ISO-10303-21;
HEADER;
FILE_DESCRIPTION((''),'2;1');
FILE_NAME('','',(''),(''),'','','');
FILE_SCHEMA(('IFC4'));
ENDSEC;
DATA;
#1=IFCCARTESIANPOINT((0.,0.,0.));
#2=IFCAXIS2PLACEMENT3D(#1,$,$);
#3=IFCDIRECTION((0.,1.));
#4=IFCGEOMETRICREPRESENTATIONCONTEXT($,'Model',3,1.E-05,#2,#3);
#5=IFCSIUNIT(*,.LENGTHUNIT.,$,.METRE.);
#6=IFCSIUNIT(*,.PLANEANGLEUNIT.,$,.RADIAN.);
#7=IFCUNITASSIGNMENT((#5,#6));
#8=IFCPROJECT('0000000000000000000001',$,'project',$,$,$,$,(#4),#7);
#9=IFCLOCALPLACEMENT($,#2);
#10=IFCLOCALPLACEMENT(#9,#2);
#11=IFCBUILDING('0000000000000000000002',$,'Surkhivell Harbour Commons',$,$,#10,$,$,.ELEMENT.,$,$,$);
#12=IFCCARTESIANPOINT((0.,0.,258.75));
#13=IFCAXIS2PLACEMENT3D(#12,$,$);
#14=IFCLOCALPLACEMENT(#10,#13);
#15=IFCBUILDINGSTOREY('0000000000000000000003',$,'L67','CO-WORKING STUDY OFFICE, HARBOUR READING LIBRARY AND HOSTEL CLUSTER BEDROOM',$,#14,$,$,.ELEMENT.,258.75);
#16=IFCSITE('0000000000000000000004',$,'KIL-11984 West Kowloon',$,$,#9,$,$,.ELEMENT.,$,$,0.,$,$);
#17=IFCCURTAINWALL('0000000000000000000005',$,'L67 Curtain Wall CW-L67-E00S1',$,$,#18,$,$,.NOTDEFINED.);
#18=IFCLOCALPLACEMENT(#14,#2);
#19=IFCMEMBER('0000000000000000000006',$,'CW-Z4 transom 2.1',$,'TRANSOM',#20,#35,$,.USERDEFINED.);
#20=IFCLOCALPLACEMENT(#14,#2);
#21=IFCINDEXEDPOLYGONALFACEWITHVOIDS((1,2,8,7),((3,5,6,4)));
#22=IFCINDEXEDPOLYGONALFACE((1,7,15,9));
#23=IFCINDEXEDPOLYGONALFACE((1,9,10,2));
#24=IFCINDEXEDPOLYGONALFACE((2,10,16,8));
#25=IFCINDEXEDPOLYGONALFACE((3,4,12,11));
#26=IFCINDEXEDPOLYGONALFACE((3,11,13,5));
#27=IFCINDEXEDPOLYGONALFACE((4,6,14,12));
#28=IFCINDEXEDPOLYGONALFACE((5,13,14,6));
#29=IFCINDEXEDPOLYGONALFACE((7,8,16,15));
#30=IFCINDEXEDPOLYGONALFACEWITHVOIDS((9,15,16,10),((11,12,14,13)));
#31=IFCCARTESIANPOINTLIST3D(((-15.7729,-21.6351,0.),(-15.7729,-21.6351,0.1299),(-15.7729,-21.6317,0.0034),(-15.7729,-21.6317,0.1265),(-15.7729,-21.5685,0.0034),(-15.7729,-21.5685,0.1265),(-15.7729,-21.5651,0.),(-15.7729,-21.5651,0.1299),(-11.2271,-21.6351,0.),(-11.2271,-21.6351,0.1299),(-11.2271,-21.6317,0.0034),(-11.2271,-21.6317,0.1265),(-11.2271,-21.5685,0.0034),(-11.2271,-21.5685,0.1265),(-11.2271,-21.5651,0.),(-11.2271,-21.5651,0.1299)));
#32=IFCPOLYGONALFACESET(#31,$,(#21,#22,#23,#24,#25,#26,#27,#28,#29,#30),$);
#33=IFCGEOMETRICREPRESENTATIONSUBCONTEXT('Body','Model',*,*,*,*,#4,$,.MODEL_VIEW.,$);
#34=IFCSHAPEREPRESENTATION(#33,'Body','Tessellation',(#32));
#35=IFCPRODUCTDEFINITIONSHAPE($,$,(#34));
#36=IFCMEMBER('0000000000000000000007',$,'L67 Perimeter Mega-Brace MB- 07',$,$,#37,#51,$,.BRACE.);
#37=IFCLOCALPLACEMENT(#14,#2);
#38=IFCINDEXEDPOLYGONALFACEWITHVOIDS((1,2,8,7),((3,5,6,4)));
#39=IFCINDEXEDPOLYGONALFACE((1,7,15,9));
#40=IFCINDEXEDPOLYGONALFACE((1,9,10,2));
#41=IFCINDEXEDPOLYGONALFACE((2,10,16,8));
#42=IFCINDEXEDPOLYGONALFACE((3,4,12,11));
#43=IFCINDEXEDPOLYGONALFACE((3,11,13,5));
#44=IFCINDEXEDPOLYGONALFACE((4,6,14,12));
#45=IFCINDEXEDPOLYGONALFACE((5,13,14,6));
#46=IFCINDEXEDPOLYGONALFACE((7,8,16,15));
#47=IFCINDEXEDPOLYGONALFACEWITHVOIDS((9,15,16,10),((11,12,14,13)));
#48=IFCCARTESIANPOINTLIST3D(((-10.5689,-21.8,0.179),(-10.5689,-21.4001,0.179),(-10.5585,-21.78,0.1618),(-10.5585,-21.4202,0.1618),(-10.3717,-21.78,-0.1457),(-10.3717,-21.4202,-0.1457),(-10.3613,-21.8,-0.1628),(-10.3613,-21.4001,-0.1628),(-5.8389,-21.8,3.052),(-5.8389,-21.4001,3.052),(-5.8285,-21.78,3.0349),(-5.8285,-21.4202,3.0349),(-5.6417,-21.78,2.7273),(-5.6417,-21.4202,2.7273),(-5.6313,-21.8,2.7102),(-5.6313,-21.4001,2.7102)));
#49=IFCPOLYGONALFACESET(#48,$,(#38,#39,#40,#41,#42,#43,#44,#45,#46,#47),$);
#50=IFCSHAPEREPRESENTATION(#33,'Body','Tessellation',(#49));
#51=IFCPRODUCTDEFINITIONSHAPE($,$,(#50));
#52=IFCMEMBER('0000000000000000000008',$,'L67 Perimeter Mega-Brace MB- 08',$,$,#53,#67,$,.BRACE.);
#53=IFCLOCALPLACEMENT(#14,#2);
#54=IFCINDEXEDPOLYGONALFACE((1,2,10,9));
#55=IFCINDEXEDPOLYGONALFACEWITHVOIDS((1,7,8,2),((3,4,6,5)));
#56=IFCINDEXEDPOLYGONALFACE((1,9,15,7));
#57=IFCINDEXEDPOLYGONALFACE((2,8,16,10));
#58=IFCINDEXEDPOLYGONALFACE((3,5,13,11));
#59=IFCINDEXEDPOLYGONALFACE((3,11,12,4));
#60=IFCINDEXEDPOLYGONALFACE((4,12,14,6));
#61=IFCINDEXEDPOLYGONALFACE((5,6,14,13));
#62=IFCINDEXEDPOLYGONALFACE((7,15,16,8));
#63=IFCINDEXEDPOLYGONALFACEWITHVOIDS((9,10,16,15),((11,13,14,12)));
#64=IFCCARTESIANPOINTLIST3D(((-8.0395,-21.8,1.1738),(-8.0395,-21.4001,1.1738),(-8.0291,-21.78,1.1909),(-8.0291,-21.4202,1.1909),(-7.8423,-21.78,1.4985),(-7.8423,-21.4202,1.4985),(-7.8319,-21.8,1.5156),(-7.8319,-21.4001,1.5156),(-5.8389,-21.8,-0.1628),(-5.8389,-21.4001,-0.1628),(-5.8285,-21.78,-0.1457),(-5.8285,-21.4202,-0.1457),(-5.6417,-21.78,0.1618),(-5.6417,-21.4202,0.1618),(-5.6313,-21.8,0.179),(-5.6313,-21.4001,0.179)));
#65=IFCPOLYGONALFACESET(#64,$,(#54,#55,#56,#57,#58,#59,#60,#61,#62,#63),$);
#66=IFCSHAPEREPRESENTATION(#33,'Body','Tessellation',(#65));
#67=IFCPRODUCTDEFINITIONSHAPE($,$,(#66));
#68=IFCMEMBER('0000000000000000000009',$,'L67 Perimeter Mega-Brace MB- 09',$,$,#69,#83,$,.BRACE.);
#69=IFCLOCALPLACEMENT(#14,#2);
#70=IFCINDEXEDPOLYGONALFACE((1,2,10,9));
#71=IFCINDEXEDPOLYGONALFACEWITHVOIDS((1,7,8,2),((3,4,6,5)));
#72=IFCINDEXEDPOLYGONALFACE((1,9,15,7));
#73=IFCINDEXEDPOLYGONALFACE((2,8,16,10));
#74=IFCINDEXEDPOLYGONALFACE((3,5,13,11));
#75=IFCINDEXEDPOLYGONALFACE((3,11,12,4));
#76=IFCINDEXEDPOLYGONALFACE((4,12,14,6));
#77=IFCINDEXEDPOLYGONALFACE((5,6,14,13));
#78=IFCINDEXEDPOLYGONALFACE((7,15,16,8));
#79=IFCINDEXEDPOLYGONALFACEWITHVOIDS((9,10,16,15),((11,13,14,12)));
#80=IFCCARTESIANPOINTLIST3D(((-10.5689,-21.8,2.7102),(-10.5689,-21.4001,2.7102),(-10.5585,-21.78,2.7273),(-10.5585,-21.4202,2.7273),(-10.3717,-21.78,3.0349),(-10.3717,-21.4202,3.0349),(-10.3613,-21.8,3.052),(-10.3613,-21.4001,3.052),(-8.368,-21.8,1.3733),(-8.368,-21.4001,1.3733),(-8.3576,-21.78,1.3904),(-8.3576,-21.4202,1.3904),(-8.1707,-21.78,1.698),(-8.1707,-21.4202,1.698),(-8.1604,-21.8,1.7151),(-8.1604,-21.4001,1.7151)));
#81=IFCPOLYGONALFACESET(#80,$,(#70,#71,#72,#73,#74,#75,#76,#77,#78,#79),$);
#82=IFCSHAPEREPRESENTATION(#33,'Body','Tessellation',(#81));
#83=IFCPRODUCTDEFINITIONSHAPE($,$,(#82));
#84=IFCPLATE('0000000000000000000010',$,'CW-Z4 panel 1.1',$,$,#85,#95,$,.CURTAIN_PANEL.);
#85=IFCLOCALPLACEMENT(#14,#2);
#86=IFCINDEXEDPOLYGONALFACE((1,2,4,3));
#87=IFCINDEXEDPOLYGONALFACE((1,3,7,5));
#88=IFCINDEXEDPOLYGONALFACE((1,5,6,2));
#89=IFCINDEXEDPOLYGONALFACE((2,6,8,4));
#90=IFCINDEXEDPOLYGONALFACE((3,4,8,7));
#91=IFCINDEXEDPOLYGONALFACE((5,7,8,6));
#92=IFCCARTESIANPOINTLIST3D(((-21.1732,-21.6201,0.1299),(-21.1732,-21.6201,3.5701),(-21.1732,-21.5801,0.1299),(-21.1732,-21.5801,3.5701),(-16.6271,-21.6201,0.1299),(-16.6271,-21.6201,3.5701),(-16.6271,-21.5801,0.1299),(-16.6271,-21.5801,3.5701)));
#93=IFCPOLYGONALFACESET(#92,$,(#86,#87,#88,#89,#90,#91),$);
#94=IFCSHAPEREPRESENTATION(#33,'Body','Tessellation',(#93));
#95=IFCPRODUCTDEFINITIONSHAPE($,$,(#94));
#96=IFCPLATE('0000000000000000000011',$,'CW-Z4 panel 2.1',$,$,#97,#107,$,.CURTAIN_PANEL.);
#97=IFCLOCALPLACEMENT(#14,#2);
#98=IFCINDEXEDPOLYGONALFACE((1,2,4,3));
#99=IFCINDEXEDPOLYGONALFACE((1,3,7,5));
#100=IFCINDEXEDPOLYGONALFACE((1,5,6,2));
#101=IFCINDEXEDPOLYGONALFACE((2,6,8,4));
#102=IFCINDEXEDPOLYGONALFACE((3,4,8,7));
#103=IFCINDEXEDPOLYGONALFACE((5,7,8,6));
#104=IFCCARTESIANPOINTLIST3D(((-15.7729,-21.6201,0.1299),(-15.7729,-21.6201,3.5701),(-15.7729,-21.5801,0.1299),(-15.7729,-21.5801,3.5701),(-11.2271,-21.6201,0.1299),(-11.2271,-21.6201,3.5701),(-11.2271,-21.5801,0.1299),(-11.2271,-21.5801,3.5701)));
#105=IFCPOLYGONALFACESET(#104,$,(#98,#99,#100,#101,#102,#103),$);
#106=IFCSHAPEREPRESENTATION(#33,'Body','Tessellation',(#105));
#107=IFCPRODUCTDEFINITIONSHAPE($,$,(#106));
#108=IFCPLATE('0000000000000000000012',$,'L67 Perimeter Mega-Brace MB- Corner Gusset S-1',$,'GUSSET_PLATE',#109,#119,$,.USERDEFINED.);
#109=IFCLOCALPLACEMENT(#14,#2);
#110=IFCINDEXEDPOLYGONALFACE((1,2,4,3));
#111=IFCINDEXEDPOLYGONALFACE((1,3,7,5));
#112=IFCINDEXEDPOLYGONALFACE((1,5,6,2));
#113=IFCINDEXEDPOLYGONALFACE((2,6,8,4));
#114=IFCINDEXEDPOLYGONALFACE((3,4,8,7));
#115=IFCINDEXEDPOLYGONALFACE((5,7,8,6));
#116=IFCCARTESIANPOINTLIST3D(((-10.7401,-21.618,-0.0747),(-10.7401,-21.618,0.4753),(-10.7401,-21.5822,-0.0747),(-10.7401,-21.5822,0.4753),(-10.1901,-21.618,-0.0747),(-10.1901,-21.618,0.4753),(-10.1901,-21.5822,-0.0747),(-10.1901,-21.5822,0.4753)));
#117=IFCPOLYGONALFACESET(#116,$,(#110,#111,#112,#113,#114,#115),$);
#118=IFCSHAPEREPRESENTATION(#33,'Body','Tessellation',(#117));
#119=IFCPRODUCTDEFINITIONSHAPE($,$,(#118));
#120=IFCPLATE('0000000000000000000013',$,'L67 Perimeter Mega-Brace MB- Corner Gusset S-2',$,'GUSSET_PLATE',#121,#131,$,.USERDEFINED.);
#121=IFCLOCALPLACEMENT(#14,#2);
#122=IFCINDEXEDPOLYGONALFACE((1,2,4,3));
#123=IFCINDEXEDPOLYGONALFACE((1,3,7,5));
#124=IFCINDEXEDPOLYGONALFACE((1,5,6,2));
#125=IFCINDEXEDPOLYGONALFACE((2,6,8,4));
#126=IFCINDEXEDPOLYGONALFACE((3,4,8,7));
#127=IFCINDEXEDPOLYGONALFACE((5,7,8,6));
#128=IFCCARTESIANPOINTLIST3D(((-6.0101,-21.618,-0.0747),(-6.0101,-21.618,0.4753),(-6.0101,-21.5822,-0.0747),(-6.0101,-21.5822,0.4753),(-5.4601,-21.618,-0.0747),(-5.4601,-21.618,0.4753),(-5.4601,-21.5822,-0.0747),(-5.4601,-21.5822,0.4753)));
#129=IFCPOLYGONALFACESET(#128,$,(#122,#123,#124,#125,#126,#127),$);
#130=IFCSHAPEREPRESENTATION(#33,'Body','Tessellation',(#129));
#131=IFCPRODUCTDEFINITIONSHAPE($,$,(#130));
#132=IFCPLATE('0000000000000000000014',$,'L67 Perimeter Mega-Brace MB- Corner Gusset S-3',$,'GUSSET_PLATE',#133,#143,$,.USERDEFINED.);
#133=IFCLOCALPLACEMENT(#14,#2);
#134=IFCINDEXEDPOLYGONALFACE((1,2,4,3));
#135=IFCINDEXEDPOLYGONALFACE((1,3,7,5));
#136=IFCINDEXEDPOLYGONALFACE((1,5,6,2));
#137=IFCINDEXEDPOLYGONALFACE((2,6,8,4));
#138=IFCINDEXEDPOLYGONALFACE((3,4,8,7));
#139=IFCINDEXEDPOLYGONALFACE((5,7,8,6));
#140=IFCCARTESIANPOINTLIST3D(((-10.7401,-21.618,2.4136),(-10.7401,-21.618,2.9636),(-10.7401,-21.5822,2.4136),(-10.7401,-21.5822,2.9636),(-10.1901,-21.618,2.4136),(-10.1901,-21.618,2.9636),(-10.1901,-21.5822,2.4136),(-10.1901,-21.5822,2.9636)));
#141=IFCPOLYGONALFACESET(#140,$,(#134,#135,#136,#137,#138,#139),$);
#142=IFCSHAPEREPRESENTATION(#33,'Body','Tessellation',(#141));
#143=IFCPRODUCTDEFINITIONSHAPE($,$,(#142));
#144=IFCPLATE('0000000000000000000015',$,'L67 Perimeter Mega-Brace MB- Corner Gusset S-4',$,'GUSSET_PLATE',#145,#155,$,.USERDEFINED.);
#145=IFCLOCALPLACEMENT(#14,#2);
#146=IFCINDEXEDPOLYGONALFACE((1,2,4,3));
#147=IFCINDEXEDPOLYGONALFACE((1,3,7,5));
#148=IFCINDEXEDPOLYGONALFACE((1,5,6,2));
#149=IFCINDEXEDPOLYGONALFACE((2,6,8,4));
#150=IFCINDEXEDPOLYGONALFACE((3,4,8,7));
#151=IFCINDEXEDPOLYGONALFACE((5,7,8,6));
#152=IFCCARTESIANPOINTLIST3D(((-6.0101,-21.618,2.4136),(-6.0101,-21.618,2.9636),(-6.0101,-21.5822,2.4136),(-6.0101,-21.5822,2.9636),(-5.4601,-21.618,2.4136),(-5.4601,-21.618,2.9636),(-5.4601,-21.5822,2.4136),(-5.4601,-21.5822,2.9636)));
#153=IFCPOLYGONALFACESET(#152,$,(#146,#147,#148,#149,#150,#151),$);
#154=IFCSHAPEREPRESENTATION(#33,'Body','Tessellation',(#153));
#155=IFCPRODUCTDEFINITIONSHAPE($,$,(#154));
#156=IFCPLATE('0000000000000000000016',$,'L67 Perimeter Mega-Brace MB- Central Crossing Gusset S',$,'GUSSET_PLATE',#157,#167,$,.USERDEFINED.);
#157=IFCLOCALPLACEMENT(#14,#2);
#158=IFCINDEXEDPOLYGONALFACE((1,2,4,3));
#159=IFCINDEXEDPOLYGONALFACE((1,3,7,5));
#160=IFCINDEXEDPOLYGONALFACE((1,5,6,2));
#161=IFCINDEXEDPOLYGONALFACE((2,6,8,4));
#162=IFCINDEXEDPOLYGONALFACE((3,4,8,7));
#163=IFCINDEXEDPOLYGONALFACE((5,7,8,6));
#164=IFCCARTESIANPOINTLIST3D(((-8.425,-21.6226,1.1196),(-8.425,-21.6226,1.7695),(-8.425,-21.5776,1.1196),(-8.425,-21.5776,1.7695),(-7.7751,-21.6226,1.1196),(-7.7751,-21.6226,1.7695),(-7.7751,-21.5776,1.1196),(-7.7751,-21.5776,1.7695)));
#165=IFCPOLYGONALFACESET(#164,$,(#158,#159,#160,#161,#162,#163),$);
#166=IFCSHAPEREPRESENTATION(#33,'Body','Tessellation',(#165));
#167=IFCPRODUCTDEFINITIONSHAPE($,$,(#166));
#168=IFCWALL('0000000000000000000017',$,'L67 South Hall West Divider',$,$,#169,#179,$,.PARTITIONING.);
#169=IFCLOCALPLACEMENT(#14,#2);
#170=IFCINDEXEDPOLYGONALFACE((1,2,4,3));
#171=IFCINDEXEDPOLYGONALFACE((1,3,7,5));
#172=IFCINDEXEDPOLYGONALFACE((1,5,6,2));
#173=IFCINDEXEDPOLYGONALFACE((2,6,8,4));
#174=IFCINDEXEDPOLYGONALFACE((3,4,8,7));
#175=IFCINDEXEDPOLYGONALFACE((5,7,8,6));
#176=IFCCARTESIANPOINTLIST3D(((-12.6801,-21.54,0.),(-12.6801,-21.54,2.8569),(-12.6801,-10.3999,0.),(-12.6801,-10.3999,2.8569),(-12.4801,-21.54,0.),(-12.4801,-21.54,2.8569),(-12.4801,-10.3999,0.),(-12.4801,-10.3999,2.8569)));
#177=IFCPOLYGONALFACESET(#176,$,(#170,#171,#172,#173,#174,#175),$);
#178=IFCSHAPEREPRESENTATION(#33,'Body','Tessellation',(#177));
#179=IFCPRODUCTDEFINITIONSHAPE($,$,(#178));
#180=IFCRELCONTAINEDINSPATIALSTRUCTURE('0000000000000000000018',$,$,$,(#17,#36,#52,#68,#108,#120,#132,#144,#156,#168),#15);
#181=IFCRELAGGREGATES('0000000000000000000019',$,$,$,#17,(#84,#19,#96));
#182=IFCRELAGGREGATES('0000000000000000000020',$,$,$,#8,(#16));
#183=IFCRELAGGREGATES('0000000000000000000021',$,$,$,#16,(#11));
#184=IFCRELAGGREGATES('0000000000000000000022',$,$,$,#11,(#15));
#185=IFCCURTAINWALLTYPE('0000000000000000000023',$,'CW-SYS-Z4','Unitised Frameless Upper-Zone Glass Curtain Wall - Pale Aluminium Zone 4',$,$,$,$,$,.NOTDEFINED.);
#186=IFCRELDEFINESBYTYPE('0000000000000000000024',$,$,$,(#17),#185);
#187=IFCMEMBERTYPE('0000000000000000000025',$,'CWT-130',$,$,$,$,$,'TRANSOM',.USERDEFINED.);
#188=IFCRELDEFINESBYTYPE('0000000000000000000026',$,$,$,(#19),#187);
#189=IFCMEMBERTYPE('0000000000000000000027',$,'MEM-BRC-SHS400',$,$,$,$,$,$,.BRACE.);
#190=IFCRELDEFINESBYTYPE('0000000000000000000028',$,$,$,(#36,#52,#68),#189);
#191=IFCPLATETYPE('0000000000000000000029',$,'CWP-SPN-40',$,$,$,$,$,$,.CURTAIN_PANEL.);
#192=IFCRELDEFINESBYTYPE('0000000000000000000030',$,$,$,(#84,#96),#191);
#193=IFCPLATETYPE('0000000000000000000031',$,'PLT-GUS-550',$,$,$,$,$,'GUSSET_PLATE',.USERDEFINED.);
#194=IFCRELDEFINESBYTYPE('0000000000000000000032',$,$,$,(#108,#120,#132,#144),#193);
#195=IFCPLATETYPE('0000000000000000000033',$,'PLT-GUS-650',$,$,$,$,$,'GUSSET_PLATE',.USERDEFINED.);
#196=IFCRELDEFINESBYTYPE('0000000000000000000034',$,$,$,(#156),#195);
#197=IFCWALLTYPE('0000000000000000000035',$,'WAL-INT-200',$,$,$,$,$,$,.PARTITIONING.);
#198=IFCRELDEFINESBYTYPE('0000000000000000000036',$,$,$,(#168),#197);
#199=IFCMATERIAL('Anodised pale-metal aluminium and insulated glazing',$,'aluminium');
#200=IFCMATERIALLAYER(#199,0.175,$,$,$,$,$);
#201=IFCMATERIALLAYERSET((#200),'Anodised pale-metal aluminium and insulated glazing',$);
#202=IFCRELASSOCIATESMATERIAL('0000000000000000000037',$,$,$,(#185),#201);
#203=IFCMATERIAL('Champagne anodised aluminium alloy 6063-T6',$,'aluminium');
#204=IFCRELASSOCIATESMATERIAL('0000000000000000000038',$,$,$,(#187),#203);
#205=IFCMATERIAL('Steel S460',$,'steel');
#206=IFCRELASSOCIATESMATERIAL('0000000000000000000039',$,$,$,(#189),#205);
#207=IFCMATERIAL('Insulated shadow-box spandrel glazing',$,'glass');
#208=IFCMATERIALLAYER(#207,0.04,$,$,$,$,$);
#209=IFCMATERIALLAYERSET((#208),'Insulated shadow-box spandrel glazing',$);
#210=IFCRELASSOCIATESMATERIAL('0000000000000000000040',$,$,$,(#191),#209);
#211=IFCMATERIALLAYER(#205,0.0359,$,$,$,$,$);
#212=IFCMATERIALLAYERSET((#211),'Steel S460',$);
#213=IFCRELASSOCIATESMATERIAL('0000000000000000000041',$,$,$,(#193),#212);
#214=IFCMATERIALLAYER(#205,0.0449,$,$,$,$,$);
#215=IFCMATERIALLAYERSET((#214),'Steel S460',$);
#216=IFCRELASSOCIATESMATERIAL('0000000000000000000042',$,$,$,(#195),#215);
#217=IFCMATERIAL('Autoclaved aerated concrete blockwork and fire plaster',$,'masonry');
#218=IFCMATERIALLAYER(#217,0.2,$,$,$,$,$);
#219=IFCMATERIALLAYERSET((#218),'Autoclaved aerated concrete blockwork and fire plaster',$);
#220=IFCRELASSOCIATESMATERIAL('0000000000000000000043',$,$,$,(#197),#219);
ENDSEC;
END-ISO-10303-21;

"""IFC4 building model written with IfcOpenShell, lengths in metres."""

from ifc_helpers import new_model, si_unit, direction, frame, frame_2d, origin, origin_2d, place, context, subcontext, project, spatial, rectangle, hollow_rectangle, extrude, material, layer, layer_set, material_profile, profile_set, type_object, element, aggregate, save


model = new_model("IFC4")

# Units and contexts
model_context = context("Model", 3, precision=1e-05, world=origin(), true_north=direction((0.0, 1.0)))
body_context = subcontext(model_context, "Body", "Model", "MODEL_VIEW")
ifc_project = project(units=[si_unit("LENGTHUNIT", "METRE"), si_unit("PLANEANGLEUNIT", "RADIAN")], contexts=[model_context])

# Site, building, storey
site_placement = place(None, origin())
site = spatial("IfcSite", under=ifc_project, at=site_placement, Name="KIL-11984 West Kowloon", CompositionType="ELEMENT", RefElevation=0.0)
building_placement = place(site_placement, origin())
building = spatial("IfcBuilding", under=site, at=building_placement, Name="Surkhivell Harbour Commons", CompositionType="ELEMENT")
storey_placement = place(building_placement, frame((0.0, 0.0, 258.75)))
storey = spatial("IfcBuildingStorey", under=building, at=storey_placement, Name="L67", Description="CO-WORKING STUDY OFFICE, HARBOUR READING LIBRARY AND HOSTEL CLUSTER BEDROOM", CompositionType="ELEMENT", Elevation=258.75)

# Curtain wall, member
ifc_material_1 = material(Name="Anodised pale-metal aluminium and insulated glazing", Category="aluminium")
ifc_layer_1 = layer(ifc_material_1, 0.175)
ifc_layer_set_1 = layer_set([ifc_layer_1], Name="Anodised pale-metal aluminium and insulated glazing")
curtain_wall_type = type_object("IfcCurtainWallType", Name="CW-SYS-Z4", Description="Unitised Frameless Upper-Zone Glass Curtain Wall - Pale Aluminium Zone 4", PredefinedType="NOTDEFINED", material=ifc_layer_set_1)
curtain_wall_placement = place(storey_placement, origin())
curtain_wall = element("IfcCurtainWall", 1, at=curtain_wall_placement, inside=storey, type_object=curtain_wall_type, Name="L67 Curtain Wall CW-L67-E00S1", PredefinedType="NOTDEFINED")
ifc_material_2 = material(Name="Champagne anodised aluminium alloy 6063-T6", Category="aluminium")
ifc_material_profile_1 = material_profile(ifc_material_2, hollow_rectangle(XDim=0.0701, YDim=0.1299, WallThickness=0.0034, at=origin_2d()), Name="ALU-TRAN-70x130")
ifc_profile_set_1 = profile_set([ifc_material_profile_1], Name="Champagne anodised aluminium alloy 6063-T6")
member_type_1 = type_object("IfcMemberType", Name="CWT-130", ElementType="TRANSOM", PredefinedType="USERDEFINED", material=ifc_profile_set_1)
member_1_placement = place(storey_placement, frame((-15.7729, -21.6001, 0.0649), z_axis=(1.0, 0.0, 0.0), x_axis=(0.0, 1.0, 0.0)))
member_1 = element("IfcMember", 2, at=member_1_placement, type_object=member_type_1, Name="CW-Z4 transom 2.1", ObjectType="TRANSOM", PredefinedType="USERDEFINED", context=body_context, shape_type="SweptSolid", body=[
    extrude(hollow_rectangle(XDim=0.0701, YDim=0.1299, WallThickness=0.0034, at=origin_2d()), origin(), (0.0, 0.0, 1.0), 4.5459),
])

# Members
ifc_material_3 = material(Name="Steel S460", Category="steel")
ifc_material_profile_2 = material_profile(ifc_material_3, hollow_rectangle(XDim=0.3999, YDim=0.3999, WallThickness=0.02, at=origin_2d()), Name="SHS400x400x20")
ifc_profile_set_2 = profile_set([ifc_material_profile_2], Name="Steel S460")
member_type_2 = type_object("IfcMemberType", Name="MEM-BRC-SHS400", PredefinedType="BRACE", material=ifc_profile_set_2)
member_2_placement = place(storey_placement, frame((-10.4651, -21.6001, 0.0081), z_axis=(0.854685, 0.0, 0.519146), x_axis=(0.0, 1.0, 0.0)))
element("IfcMember", 3, at=member_2_placement, inside=storey, type_object=member_type_2, Name="L67 Perimeter Mega-Brace MB- 07", PredefinedType="BRACE", context=body_context, shape_type="SweptSolid", body=[
    extrude(hollow_rectangle(XDim=0.3999, YDim=0.3999, WallThickness=0.02, at=origin_2d()), origin(), (0.0, 0.0, 1.0), 5.5342),
])
member_3_placement = place(storey_placement, frame((-5.7351, -21.6001, 0.0081), z_axis=(-0.854694, 0.0, 0.519132), x_axis=(0.0, -1.0, 0.0)))
element("IfcMember", 4, at=member_3_placement, inside=storey, type_object=member_type_2, Name="L67 Perimeter Mega-Brace MB- 08", PredefinedType="BRACE", context=body_context, shape_type="SweptSolid", body=[
    extrude(hollow_rectangle(XDim=0.3999, YDim=0.3999, WallThickness=0.02, at=origin_2d()), origin(), (0.0, 0.0, 1.0), 2.5747),
])
member_4_placement = place(storey_placement, frame((-8.2642, -21.6001, 1.5442), z_axis=(-0.854678, 0.0, 0.519159), x_axis=(0.0, -1.0, 0.0)))
element("IfcMember", 5, at=member_4_placement, inside=storey, type_object=member_type_2, Name="L67 Perimeter Mega-Brace MB- 09", PredefinedType="BRACE", context=body_context, shape_type="SweptSolid", body=[
    extrude(hollow_rectangle(XDim=0.3999, YDim=0.3999, WallThickness=0.02, at=origin_2d()), origin(), (0.0, 0.0, 1.0), 2.5752),
])

# Plates
ifc_material_4 = material(Name="Insulated shadow-box spandrel glazing", Category="glass")
ifc_layer_2 = layer(ifc_material_4, 0.04)
ifc_layer_set_2 = layer_set([ifc_layer_2], Name="Insulated shadow-box spandrel glazing")
plate_type_1 = type_object("IfcPlateType", Name="CWP-SPN-40", PredefinedType="CURTAIN_PANEL", material=ifc_layer_set_2)
plate_1_placement = place(storey_placement, frame((-21.1731, -21.6001, 0.1299), z_axis=(0.0, 0.0, 1.0), x_axis=(1.0, 0.0, 0.0)))
plate_1 = element("IfcPlate", 6, at=plate_1_placement, type_object=plate_type_1, Name="CW-Z4 panel 1.1", PredefinedType="CURTAIN_PANEL", context=body_context, shape_type="SweptSolid", body=[
    extrude(rectangle(XDim=4.5461, YDim=0.04, at=frame_2d((2.2729, 0.0))), origin(), (0.0, 0.0, 1.0), 3.4402),
])
plate_2_placement = place(storey_placement, frame((-15.7729, -21.6001, 0.1299), z_axis=(0.0, 0.0, 1.0), x_axis=(1.0, 0.0, 0.0)))
plate_2 = element("IfcPlate", 7, at=plate_2_placement, type_object=plate_type_1, Name="CW-Z4 panel 2.1", PredefinedType="CURTAIN_PANEL", context=body_context, shape_type="SweptSolid", body=[
    extrude(rectangle(XDim=4.5459, YDim=0.04, at=frame_2d((2.2729, 0.0))), origin(), (0.0, 0.0, 1.0), 3.4402),
])
aggregate(curtain_wall, [plate_1, member_1, plate_2])

# Plates
ifc_layer_3 = layer(ifc_material_3, 0.0359)
ifc_layer_set_3 = layer_set([ifc_layer_3], Name="Steel S460")
plate_type_2 = type_object("IfcPlateType", Name="PLT-GUS-550", ElementType="GUSSET_PLATE", PredefinedType="USERDEFINED", material=ifc_layer_set_3)
for number, where, z_axis, x_axis, name in (
    (8, (-10.4651, -21.6001, -0.0747), (0.0, 0.0, 1.0), (1.0, 0.0, 0.0), "L67 Perimeter Mega-Brace MB- Corner Gusset S-1"),
    (9, (-5.7351, -21.6001, -0.0747), (0.0, 0.0, 1.0), (1.0, 0.0, 0.0), "L67 Perimeter Mega-Brace MB- Corner Gusset S-2"),
    (10, (-10.4651, -21.6001, 2.4136), (0.0, 0.0, 1.0), (1.0, 0.0, 0.0), "L67 Perimeter Mega-Brace MB- Corner Gusset S-3"),
    (11, (-5.7351, -21.6001, 2.4136), (0.0, 0.0, 1.0), (1.0, 0.0, 0.0), "L67 Perimeter Mega-Brace MB- Corner Gusset S-4"),
):
    element("IfcPlate", number, at=place(storey_placement, frame(where, z_axis=z_axis, x_axis=x_axis)), inside=storey, type_object=plate_type_2, Name=name, ObjectType="GUSSET_PLATE", PredefinedType="USERDEFINED", context=body_context, shape_type="SweptSolid", body=[
        extrude(rectangle(XDim=0.55, YDim=0.0359, at=origin_2d()), origin(), (0.0, 0.0, 1.0), 0.55),
    ])
ifc_layer_4 = layer(ifc_material_3, 0.0449)
ifc_layer_set_4 = layer_set([ifc_layer_4], Name="Steel S460")
plate_type_3 = type_object("IfcPlateType", Name="PLT-GUS-650", ElementType="GUSSET_PLATE", PredefinedType="USERDEFINED", material=ifc_layer_set_4)
plate_3_placement = place(storey_placement, frame((-8.1001, -21.6001, 1.1196), z_axis=(0.0, 0.0, 1.0), x_axis=(1.0, 0.0, 0.0)))
element("IfcPlate", 12, at=plate_3_placement, inside=storey, type_object=plate_type_3, Name="L67 Perimeter Mega-Brace MB- Central Crossing Gusset S", ObjectType="GUSSET_PLATE", PredefinedType="USERDEFINED", context=body_context, shape_type="SweptSolid", body=[
    extrude(rectangle(XDim=0.6499, YDim=0.0449, at=origin_2d()), origin(), (0.0, 0.0, 1.0), 0.6499),
])

# Wall
ifc_material_5 = material(Name="Autoclaved aerated concrete blockwork and fire plaster", Category="masonry")
ifc_layer_5 = layer(ifc_material_5, 0.2)
ifc_layer_set_5 = layer_set([ifc_layer_5], Name="Autoclaved aerated concrete blockwork and fire plaster")
wall_type = type_object("IfcWallType", Name="WAL-INT-200", PredefinedType="PARTITIONING", material=ifc_layer_set_5)
wall_placement = place(storey_placement, frame((-12.5801, -21.54, 0.0), z_axis=(0.0, 0.0, 1.0), x_axis=(0.0, 1.0, 0.0)))
element("IfcWall", 13, at=wall_placement, inside=storey, type_object=wall_type, Name="L67 South Hall West Divider", PredefinedType="PARTITIONING", context=body_context, shape_type="SweptSolid", body=[
    extrude(rectangle(XDim=11.1401, YDim=0.2, at=frame_2d((5.5701, 0.0))), origin(), (0.0, 0.0, 1.0), 2.8569),
])

save(model, "model.ifc")
